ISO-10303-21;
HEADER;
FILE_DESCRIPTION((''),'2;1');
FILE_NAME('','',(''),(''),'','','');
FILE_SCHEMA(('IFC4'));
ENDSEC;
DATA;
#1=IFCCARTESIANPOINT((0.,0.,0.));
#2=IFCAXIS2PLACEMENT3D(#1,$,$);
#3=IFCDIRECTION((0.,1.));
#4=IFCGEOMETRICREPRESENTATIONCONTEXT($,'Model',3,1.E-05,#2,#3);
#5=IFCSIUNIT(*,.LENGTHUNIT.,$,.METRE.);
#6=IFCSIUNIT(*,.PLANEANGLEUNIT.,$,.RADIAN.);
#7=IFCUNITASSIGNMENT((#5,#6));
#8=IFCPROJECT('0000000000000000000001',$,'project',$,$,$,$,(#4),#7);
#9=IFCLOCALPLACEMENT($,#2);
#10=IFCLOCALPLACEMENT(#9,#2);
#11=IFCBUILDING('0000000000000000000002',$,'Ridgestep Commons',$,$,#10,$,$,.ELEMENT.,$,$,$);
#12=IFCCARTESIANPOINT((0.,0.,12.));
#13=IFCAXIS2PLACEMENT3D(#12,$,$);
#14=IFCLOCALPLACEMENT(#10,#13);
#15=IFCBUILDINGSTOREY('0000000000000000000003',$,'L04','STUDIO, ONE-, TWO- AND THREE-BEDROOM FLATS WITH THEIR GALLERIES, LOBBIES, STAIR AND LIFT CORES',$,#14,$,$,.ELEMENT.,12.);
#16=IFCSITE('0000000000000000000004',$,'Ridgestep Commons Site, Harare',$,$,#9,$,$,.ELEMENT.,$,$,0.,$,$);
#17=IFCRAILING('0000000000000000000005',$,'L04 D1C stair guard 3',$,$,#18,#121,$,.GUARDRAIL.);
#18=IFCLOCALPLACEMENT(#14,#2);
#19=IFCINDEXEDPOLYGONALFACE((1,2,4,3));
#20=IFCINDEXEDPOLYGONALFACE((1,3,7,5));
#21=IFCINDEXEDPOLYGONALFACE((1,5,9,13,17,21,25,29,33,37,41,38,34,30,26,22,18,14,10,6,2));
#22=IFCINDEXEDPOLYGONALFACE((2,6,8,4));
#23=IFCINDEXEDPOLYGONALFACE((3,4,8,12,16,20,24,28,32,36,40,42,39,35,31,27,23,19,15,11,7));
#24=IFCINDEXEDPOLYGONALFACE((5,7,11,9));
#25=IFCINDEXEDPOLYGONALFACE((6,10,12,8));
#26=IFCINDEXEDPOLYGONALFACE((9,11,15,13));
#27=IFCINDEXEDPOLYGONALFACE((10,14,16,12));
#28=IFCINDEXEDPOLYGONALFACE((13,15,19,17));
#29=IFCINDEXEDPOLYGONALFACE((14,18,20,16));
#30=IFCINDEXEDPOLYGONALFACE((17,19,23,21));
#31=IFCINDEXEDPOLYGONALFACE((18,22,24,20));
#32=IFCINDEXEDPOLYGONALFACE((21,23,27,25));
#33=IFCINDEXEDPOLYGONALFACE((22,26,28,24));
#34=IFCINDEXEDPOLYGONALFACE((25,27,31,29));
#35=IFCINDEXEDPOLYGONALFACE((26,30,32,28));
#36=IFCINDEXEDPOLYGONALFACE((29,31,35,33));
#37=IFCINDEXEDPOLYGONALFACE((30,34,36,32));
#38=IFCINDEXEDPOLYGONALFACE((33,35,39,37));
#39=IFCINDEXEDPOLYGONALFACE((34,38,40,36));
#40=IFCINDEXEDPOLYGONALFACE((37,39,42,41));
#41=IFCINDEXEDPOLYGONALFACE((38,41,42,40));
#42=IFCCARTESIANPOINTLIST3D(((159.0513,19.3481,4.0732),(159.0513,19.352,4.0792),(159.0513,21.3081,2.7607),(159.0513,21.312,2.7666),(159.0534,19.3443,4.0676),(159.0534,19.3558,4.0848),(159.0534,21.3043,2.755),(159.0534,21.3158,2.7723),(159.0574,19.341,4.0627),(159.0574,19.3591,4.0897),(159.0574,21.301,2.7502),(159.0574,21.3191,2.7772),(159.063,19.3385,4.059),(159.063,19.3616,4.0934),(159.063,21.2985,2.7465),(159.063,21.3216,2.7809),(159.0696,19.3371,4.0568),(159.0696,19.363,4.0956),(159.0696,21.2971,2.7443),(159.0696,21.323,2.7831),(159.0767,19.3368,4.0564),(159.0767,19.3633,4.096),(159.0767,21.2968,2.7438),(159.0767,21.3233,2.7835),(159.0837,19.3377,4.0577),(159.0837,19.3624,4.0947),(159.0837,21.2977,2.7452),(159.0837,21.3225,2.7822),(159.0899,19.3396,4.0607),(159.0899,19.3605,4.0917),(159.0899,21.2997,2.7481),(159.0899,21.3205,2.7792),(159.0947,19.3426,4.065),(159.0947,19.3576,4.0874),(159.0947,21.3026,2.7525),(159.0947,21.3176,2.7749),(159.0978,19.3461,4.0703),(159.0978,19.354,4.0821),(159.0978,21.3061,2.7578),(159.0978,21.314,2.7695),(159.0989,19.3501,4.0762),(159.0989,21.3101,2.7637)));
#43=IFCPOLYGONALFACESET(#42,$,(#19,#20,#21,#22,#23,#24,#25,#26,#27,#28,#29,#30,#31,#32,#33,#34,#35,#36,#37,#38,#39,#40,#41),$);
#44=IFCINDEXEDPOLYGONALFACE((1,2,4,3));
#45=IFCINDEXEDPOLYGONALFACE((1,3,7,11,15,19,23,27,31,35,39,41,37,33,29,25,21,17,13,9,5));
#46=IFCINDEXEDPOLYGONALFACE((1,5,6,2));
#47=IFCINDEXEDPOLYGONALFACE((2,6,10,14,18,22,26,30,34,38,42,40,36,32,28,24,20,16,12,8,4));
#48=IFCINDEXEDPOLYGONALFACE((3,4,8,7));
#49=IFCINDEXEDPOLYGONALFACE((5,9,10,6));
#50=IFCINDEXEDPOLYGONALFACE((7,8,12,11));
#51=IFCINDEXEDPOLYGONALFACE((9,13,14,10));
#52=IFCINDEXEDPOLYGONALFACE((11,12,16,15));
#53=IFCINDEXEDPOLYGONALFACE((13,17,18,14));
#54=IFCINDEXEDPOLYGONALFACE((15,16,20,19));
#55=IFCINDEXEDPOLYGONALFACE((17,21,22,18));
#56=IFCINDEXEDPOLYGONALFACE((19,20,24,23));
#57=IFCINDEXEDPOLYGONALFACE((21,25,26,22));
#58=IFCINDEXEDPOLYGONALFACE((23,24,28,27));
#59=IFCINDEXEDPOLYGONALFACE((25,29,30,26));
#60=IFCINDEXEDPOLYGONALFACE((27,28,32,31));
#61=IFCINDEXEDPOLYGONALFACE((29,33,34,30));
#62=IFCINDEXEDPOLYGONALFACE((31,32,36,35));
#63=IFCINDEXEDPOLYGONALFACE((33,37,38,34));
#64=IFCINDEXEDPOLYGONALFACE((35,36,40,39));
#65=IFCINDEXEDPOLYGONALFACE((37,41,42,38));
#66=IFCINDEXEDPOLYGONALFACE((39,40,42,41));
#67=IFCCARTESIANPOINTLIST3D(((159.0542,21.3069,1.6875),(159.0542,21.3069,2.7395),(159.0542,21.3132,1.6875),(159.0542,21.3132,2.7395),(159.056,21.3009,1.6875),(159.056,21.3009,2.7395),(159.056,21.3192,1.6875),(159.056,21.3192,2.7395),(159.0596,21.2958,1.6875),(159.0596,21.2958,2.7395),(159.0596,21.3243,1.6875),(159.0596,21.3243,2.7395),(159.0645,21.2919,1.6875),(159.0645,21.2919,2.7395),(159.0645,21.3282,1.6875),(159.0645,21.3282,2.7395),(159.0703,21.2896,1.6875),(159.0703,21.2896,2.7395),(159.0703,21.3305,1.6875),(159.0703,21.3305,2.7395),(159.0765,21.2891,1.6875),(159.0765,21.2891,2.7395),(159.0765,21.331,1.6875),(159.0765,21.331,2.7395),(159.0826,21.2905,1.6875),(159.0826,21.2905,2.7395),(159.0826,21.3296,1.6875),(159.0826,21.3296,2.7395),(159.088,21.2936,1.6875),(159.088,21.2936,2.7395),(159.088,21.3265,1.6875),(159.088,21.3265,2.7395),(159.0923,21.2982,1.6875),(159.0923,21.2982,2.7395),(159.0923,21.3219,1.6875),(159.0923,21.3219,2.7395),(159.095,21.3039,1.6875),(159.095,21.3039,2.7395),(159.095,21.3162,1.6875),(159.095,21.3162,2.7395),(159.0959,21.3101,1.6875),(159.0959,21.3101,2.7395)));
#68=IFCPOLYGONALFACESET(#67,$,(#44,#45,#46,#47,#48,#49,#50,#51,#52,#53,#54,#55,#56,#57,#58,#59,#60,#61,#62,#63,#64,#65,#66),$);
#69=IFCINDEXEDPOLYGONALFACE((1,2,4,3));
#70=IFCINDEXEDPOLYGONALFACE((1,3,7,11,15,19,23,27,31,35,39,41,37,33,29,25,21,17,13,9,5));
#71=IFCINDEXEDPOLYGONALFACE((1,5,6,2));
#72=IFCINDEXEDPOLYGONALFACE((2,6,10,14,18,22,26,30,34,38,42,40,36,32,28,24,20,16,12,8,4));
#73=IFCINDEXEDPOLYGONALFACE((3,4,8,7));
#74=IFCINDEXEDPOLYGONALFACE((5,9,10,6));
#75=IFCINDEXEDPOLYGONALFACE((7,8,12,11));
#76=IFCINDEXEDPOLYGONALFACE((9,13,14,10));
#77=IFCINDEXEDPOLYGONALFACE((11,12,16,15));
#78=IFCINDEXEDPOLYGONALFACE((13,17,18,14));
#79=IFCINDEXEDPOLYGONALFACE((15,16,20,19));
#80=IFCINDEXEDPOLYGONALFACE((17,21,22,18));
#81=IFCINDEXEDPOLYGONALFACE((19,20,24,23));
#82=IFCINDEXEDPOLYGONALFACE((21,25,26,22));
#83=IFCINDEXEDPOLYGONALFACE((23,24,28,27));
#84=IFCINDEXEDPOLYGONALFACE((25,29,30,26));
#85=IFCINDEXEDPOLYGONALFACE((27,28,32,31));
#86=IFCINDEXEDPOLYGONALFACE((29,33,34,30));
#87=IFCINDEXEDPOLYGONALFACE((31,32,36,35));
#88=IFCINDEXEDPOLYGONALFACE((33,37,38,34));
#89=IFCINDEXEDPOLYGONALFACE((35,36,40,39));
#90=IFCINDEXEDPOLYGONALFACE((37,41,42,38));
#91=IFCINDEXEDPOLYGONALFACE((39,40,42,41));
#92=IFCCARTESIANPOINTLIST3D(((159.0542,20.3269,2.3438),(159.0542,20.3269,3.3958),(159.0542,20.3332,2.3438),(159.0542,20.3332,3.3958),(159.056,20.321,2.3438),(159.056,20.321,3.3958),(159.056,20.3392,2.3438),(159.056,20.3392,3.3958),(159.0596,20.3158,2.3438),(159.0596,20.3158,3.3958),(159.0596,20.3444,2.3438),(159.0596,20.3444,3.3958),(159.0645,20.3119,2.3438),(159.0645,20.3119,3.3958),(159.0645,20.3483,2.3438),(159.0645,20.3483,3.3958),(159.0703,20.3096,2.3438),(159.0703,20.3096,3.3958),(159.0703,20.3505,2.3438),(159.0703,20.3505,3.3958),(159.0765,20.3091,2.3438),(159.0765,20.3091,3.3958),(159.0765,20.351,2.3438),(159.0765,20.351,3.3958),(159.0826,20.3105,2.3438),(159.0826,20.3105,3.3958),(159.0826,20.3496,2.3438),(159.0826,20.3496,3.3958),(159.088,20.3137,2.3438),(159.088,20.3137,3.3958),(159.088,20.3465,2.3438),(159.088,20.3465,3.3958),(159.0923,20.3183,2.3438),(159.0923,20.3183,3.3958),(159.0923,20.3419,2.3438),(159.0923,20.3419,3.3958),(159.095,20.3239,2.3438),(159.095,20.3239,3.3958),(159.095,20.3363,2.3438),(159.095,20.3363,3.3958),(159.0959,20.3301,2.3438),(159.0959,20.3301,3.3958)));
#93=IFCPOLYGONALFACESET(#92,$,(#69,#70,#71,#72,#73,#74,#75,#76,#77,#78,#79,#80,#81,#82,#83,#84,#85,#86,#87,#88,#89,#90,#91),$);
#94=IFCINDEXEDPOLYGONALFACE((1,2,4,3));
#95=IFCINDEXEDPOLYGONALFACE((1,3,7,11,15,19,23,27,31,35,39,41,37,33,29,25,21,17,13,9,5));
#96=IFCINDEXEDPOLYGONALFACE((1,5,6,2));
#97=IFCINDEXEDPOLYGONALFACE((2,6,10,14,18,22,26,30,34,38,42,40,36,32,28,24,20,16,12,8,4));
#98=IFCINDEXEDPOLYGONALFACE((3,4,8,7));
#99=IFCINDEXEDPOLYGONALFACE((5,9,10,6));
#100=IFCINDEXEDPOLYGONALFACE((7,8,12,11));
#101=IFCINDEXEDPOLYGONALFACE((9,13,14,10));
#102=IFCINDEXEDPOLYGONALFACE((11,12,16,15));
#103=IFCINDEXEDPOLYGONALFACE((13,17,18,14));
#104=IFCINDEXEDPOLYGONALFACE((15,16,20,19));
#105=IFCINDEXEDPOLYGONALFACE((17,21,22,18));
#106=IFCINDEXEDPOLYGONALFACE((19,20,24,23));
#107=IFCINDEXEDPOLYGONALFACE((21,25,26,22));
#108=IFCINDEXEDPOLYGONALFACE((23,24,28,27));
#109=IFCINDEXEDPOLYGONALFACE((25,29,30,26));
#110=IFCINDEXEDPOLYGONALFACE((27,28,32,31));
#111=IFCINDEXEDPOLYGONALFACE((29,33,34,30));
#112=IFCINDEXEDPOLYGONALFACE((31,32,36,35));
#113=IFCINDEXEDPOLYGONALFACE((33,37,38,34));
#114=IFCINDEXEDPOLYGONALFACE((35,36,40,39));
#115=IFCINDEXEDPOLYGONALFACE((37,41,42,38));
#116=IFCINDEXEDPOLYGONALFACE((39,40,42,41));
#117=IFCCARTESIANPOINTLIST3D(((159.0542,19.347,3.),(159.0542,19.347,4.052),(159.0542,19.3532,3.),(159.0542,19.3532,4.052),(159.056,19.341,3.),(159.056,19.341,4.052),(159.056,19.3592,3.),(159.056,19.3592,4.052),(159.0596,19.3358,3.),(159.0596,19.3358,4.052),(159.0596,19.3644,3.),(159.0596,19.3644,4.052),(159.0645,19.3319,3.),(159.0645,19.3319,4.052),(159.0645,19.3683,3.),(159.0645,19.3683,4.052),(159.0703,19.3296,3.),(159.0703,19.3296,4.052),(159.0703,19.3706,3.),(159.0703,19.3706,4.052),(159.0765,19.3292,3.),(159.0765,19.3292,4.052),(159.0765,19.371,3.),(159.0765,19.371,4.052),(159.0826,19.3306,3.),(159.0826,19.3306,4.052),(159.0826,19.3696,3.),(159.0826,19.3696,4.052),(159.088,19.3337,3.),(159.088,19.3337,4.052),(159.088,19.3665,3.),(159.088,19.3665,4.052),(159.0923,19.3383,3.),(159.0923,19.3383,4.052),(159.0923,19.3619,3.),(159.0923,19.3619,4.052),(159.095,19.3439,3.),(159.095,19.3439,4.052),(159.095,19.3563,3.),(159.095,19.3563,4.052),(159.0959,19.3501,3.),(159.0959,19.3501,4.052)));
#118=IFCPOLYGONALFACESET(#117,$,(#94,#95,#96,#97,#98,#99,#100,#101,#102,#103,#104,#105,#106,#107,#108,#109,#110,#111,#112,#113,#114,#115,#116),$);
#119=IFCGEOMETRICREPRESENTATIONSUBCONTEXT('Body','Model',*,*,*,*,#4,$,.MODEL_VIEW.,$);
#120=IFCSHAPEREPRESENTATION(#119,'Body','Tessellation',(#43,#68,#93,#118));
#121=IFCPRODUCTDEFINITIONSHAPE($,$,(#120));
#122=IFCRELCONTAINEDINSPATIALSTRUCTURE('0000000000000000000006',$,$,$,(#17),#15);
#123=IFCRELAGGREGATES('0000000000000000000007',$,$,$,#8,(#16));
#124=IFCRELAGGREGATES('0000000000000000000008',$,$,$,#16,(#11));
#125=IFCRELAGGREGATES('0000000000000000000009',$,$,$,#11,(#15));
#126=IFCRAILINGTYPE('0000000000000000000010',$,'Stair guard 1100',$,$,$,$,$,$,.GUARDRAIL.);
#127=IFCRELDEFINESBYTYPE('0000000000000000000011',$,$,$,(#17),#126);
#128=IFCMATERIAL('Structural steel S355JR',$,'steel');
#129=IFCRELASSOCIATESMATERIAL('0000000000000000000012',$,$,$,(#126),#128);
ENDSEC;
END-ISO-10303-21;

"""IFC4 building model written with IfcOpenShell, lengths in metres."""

from ifc_helpers import new_model, si_unit, direction, frame, origin, origin_2d, place, context, subcontext, project, spatial, circle, extrude, material, type_object, element, save


model = new_model("IFC4")

# Units and contexts
model_context = context("Model", 3, precision=1e-05, world=origin(), true_north=direction((0.0, 1.0)))
body_context = subcontext(model_context, "Body", "Model", "MODEL_VIEW")
ifc_project = project(units=[si_unit("LENGTHUNIT", "METRE"), si_unit("PLANEANGLEUNIT", "RADIAN")], contexts=[model_context])

# Site, building, storey
site_placement = place(None, origin())
site = spatial("IfcSite", under=ifc_project, at=site_placement, Name="Ridgestep Commons Site, Harare", CompositionType="ELEMENT", RefElevation=0.0)
building_placement = place(site_placement, origin())
building = spatial("IfcBuilding", under=site, at=building_placement, Name="Ridgestep Commons", CompositionType="ELEMENT")
storey_placement = place(building_placement, frame((0.0, 0.0, 12.0)))
storey = spatial("IfcBuildingStorey", under=building, at=storey_placement, Name="L04", Description="STUDIO, ONE-, TWO- AND THREE-BEDROOM FLATS WITH THEIR GALLERIES, LOBBIES, STAIR AND LIFT CORES", CompositionType="ELEMENT", Elevation=12.0)

# Railing
ifc_material_1 = material(Name="Structural steel S355JR", Category="steel")
railing_type_1 = type_object("IfcRailingType", Name="Stair guard 1100", PredefinedType="GUARDRAIL", material=ifc_material_1)
railing_1_placement = place(storey_placement, frame((159.075, 21.3101, 1.6875)))
element("IfcRailing", 1, at=railing_1_placement, inside=storey, type_object=railing_type_1, Name="L04 D1C stair guard 3", PredefinedType="GUARDRAIL", context=body_context, shape_type="SweptSolid", body=[
    extrude(circle(Radius=0.0239, at=origin_2d()), frame((0.0, 0.0, 1.0762), z_axis=(0.0, -0.830902, 0.556419), x_axis=(1.0, 0.0, 0.0)), (0.0, 0.0, 1.0), 2.3589),
    extrude(circle(Radius=0.021, at=origin_2d()), origin(), (0.0, 0.0, 1.0), 1.052),
    extrude(circle(Radius=0.021, at=origin_2d()), frame((0.0, -0.98, 0.6562)), (0.0, 0.0, 1.0), 1.052),
    extrude(circle(Radius=0.021, at=origin_2d()), frame((0.0, -1.96, 1.3125)), (0.0, 0.0, 1.0), 1.052),
])

save(model, "model.ifc")
